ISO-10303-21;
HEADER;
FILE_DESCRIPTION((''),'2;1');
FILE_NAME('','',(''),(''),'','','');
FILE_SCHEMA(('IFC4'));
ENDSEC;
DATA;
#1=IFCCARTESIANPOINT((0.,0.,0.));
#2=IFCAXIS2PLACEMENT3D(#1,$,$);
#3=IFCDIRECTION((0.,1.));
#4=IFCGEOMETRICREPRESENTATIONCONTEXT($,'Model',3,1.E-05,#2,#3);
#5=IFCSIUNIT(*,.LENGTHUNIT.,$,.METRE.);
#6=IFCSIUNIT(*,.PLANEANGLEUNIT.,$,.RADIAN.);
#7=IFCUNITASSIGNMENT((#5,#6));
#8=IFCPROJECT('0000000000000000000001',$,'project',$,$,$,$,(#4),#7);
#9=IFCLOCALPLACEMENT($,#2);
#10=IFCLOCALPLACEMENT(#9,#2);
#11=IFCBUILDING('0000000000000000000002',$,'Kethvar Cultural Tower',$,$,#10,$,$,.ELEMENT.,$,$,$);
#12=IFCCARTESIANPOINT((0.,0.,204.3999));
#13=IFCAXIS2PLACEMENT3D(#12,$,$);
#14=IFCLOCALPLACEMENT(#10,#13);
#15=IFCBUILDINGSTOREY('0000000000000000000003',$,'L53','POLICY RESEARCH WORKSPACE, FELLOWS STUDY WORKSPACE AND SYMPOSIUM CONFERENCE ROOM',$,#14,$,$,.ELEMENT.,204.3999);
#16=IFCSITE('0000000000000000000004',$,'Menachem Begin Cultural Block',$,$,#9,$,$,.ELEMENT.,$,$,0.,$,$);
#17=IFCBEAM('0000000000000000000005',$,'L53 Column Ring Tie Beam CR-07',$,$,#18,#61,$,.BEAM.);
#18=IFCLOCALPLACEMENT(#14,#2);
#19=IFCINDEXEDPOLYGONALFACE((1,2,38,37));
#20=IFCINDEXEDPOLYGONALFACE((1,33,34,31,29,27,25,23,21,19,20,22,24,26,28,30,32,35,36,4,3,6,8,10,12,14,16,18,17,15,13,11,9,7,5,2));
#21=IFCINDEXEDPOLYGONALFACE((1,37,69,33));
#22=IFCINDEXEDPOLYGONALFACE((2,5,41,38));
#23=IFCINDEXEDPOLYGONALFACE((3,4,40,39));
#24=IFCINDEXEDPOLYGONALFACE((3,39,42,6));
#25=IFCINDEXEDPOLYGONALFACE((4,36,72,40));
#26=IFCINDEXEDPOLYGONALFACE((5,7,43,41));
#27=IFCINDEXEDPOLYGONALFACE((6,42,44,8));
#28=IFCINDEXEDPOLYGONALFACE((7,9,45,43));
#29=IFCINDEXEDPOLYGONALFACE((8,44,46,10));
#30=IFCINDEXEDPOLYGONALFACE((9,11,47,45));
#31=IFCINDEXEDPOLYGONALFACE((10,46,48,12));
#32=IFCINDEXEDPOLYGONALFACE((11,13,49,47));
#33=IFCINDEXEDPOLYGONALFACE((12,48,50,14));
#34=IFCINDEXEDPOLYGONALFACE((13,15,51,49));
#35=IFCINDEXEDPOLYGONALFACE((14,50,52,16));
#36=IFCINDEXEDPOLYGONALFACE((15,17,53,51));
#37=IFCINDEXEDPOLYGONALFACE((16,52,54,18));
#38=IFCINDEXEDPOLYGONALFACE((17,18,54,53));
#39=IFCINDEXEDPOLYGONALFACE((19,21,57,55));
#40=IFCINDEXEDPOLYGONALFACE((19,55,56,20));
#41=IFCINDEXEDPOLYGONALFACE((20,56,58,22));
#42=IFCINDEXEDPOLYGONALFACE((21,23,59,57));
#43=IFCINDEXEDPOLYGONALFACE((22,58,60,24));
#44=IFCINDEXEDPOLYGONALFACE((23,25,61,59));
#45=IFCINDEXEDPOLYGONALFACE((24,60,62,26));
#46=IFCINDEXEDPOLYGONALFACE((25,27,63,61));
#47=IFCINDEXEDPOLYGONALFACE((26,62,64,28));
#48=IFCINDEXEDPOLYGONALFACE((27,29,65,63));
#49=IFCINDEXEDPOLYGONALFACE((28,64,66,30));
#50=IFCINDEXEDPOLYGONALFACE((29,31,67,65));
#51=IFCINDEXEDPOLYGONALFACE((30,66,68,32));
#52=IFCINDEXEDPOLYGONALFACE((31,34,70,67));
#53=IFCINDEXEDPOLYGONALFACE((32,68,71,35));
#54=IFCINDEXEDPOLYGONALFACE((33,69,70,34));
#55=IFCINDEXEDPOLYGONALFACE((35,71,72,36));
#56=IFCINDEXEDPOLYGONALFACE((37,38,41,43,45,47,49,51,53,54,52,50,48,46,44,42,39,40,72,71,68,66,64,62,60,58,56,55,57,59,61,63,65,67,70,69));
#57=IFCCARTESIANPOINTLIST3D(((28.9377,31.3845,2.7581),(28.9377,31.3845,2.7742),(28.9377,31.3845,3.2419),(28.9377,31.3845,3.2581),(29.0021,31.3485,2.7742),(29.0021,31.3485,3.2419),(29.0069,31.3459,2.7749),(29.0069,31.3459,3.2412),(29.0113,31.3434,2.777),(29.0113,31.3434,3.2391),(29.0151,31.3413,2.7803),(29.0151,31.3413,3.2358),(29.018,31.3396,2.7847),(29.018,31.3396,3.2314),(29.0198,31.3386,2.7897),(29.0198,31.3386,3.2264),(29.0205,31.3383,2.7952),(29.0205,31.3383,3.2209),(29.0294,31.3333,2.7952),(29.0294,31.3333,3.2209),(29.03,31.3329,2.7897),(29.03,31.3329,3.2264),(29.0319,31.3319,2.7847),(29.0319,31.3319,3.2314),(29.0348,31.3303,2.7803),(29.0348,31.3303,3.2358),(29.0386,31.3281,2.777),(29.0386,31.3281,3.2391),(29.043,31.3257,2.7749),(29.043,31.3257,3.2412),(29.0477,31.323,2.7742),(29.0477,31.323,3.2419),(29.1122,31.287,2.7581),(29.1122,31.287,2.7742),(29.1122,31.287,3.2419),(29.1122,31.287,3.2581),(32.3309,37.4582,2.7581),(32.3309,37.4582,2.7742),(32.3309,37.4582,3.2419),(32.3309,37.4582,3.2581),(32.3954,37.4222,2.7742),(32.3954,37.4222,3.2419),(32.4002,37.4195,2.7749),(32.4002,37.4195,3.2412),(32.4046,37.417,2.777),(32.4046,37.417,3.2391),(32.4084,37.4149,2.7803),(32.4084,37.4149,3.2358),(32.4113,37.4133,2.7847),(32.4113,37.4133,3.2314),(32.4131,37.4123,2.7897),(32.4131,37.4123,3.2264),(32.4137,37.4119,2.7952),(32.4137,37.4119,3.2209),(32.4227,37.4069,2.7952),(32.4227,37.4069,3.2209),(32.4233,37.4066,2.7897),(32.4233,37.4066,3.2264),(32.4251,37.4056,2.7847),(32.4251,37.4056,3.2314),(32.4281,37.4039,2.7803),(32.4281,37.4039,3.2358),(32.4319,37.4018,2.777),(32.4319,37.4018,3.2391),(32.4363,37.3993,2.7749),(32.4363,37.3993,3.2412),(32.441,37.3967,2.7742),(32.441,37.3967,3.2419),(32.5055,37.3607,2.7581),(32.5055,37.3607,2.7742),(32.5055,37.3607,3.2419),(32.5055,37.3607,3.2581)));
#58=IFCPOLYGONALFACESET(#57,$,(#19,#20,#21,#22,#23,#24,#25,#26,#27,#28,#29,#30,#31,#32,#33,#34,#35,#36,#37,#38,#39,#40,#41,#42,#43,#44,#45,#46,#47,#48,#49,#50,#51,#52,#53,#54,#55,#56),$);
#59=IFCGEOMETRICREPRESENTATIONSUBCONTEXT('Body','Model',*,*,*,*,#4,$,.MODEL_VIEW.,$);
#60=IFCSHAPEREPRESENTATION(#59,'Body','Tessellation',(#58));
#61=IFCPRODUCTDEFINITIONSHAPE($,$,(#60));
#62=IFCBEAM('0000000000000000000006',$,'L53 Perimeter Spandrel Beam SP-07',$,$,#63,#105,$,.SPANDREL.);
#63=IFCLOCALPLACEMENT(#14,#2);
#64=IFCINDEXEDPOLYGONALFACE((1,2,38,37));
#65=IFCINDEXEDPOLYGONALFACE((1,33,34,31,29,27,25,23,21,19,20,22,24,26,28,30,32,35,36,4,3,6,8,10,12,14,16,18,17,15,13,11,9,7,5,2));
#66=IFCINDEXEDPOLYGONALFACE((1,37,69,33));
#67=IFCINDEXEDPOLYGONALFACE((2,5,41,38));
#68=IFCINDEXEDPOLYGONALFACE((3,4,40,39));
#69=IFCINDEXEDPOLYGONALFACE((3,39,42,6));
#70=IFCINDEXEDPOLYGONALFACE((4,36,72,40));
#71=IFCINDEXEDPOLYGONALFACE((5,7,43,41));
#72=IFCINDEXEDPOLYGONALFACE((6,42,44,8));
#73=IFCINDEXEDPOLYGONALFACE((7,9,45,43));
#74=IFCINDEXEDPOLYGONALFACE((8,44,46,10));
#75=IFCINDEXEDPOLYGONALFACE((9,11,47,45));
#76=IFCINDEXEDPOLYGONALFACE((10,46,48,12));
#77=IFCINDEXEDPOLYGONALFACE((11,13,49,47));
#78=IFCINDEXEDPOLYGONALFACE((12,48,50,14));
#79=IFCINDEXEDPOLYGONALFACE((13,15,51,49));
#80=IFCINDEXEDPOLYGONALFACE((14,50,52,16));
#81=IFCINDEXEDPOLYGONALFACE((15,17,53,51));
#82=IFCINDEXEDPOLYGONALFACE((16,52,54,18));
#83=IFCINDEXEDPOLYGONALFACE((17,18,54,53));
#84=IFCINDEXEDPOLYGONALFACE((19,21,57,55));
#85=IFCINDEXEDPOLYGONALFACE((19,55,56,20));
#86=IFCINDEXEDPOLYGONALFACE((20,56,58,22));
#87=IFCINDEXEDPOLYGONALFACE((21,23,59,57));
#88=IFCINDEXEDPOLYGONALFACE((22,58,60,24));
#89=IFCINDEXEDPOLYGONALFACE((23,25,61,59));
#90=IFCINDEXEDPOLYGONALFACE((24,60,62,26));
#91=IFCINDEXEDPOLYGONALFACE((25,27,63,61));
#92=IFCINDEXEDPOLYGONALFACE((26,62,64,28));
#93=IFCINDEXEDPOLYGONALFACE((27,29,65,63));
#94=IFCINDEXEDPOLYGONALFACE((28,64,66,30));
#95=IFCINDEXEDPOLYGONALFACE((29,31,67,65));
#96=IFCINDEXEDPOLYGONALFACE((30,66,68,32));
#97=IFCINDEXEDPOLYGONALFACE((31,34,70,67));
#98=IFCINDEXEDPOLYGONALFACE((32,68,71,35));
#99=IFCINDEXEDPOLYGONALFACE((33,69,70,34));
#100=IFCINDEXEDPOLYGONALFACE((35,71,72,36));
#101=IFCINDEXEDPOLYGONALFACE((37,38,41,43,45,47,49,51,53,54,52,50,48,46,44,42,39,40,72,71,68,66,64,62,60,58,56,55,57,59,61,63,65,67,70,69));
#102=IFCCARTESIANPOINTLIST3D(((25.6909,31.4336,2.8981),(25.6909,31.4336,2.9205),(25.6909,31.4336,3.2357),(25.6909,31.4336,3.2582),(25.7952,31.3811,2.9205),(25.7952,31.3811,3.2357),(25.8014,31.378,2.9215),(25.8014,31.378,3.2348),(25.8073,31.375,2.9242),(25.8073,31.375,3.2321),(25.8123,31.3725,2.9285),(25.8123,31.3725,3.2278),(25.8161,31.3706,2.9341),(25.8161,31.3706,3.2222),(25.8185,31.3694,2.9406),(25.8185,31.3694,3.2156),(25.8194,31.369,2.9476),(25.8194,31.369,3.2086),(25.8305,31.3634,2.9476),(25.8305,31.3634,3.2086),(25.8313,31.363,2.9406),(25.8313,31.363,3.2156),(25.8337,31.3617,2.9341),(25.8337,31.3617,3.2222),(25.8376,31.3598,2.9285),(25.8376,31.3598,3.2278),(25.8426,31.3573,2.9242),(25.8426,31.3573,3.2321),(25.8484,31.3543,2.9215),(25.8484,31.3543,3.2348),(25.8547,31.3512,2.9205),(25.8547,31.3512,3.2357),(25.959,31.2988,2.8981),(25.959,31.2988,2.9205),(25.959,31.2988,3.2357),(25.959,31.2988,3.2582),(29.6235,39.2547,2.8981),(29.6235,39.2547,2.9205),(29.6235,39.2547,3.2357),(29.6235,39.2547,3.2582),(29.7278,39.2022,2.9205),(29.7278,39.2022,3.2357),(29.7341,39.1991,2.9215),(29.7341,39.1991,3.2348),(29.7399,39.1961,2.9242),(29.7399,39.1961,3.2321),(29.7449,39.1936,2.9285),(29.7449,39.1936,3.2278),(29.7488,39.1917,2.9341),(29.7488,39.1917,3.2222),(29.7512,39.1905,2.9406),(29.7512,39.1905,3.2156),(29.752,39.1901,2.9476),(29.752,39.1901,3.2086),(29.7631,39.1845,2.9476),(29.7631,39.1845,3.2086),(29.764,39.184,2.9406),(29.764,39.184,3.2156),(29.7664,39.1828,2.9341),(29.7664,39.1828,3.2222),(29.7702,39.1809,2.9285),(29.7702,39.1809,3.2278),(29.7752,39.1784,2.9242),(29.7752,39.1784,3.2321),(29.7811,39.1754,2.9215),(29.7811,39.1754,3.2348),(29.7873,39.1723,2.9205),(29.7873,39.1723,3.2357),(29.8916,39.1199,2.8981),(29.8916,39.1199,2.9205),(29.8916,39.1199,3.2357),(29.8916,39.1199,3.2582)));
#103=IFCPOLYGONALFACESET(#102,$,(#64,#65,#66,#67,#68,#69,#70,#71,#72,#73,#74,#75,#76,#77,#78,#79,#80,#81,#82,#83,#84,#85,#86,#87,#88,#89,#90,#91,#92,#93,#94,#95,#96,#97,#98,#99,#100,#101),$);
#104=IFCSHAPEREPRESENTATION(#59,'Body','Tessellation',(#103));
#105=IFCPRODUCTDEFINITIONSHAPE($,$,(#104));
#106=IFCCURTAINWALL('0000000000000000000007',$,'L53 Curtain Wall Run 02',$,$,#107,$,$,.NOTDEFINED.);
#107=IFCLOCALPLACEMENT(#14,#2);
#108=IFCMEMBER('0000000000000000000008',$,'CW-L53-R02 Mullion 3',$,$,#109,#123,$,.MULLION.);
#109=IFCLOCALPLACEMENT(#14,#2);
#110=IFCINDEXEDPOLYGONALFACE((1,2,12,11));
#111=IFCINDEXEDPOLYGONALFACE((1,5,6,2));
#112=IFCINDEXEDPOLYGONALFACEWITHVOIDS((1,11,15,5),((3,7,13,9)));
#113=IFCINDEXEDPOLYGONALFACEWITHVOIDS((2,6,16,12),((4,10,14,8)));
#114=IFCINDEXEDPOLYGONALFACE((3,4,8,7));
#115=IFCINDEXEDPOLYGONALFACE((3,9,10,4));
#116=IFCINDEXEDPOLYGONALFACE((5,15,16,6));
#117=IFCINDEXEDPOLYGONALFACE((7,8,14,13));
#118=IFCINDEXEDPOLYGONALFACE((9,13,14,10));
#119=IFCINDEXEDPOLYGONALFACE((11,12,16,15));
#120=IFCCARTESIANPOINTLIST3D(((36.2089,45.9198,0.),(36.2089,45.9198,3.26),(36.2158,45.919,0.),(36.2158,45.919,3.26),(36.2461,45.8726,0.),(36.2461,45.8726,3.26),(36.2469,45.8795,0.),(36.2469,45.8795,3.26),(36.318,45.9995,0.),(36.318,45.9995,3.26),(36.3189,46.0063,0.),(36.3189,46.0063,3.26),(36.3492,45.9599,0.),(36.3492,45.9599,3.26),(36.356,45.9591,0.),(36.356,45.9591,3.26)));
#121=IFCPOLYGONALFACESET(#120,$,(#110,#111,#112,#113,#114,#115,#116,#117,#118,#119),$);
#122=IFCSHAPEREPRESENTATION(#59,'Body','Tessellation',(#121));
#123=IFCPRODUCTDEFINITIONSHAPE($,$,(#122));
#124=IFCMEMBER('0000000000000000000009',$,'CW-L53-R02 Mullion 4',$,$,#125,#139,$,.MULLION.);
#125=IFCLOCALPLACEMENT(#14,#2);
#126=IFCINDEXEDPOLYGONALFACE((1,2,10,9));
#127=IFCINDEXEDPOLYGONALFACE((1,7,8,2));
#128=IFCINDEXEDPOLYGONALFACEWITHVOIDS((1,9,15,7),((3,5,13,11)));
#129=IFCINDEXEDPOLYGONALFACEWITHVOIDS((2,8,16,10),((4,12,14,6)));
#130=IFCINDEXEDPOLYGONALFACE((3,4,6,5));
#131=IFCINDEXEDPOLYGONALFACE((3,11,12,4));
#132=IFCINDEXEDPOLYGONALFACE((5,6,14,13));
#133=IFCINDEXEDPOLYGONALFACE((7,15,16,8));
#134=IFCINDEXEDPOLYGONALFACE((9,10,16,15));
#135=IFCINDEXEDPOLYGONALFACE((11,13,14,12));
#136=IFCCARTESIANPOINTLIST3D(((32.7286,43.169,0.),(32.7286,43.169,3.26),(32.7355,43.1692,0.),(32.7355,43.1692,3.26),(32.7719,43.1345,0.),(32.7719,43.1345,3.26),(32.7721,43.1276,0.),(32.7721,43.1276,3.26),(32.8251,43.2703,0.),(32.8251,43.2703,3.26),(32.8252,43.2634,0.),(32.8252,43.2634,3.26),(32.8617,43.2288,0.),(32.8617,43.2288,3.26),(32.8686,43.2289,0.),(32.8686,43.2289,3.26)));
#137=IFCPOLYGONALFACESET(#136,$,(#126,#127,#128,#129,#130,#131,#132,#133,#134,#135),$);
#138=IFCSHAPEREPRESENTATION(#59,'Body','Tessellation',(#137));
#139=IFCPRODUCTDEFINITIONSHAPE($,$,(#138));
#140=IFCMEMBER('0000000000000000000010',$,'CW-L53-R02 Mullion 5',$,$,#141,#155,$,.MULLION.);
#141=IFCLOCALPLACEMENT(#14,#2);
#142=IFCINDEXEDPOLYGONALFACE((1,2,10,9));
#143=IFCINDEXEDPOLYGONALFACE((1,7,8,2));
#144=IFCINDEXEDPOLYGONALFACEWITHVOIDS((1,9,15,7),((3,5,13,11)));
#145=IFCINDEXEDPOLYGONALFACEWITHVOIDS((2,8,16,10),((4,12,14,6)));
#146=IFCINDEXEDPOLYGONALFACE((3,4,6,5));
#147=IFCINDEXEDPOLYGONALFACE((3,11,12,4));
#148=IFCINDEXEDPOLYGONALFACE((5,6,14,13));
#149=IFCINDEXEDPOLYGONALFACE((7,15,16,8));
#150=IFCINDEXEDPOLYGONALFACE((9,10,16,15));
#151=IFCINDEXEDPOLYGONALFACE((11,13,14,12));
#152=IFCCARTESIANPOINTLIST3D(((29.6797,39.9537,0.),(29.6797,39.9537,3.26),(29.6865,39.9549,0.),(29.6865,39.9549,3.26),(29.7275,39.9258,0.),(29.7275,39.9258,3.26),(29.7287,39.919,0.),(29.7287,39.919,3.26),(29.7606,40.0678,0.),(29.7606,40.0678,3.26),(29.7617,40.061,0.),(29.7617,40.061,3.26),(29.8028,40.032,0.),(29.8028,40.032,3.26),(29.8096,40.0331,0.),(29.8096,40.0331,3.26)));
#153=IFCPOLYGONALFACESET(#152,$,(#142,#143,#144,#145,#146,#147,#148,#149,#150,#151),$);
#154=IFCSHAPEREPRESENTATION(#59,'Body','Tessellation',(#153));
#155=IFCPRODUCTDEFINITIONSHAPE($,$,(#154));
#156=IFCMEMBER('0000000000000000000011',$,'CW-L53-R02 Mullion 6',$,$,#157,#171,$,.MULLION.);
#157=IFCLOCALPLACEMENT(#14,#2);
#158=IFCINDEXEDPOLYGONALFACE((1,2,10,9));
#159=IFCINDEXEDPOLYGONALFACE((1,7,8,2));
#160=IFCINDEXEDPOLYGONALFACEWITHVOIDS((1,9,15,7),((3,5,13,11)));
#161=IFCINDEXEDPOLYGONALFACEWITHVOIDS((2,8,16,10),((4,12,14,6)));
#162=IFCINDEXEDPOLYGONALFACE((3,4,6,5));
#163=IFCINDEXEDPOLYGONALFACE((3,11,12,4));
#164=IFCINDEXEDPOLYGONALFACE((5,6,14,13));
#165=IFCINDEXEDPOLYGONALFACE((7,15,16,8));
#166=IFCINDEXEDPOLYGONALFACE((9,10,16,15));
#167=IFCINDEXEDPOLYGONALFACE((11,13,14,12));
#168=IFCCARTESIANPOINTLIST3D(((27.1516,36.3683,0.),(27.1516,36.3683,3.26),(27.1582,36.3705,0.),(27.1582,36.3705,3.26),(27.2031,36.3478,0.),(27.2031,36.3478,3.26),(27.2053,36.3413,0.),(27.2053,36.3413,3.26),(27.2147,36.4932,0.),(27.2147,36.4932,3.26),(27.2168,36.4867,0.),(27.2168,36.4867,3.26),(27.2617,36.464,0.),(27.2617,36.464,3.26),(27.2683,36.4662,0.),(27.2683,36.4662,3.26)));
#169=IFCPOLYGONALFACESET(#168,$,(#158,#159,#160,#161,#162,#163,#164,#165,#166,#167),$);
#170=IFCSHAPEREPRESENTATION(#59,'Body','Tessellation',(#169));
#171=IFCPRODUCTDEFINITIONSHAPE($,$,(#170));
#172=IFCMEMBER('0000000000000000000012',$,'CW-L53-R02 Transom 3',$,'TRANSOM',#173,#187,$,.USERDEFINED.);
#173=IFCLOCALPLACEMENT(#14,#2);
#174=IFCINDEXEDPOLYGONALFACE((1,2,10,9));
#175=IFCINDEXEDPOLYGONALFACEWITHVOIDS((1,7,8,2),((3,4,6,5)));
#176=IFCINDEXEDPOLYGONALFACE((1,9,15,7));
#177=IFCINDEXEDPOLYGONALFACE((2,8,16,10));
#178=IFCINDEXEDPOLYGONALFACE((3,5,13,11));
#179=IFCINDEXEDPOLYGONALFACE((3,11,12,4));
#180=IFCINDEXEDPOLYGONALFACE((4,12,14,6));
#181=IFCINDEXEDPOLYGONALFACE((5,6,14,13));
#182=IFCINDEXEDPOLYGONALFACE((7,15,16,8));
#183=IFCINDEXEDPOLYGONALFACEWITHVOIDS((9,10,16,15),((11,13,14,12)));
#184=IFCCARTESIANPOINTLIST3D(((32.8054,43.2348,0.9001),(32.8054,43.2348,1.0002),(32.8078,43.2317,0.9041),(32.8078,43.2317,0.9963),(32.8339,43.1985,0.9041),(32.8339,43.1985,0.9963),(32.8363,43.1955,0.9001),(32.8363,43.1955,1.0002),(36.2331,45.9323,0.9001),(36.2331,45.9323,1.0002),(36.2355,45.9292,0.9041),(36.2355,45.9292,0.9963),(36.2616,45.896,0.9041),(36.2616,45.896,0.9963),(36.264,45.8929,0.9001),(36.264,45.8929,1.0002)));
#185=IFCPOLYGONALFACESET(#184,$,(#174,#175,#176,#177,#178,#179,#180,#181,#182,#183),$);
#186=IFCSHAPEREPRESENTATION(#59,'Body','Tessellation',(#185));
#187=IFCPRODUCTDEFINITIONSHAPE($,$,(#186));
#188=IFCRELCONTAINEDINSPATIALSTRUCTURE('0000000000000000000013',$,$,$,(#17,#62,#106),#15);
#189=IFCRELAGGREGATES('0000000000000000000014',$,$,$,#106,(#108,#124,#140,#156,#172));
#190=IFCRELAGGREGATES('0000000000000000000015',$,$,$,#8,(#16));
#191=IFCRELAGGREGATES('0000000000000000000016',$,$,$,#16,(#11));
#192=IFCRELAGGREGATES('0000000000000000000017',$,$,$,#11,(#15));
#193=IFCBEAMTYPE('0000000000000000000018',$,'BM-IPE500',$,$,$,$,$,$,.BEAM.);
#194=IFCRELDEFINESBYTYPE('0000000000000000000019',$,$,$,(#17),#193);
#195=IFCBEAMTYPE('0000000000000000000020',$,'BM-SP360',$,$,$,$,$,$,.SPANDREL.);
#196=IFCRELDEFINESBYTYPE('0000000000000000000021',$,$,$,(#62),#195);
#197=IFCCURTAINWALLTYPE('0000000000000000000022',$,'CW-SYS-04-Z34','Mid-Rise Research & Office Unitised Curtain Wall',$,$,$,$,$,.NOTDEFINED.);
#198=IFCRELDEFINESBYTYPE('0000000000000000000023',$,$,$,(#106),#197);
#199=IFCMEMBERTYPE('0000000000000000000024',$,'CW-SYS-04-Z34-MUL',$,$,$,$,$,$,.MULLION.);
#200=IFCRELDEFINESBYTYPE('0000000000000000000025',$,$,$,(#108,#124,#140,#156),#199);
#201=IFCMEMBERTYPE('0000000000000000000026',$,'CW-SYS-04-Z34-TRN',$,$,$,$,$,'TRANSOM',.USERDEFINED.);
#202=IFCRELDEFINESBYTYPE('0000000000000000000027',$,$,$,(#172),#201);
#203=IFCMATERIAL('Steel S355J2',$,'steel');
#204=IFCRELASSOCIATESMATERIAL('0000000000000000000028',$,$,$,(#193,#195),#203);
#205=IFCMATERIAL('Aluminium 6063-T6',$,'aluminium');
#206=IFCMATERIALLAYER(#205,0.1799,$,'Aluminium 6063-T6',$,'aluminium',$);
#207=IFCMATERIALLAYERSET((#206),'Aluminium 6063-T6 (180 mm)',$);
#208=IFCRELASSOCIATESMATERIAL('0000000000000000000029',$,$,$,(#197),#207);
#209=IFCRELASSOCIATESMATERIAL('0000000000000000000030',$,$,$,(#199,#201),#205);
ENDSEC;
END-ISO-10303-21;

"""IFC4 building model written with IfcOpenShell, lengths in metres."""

from ifc_helpers import new_model, si_unit, direction, frame, origin, origin_2d, place, context, subcontext, project, spatial, hollow_rectangle, i_section, extrude, source, transform, mapped, material, layer, layer_set, material_profile, profile_set, type_object, element, aggregate, save


model = new_model("IFC4")

# Units and contexts
model_context = context("Model", 3, precision=1e-05, world=origin(), true_north=direction((0.0, 1.0)))
body_context = subcontext(model_context, "Body", "Model", "MODEL_VIEW")
ifc_project = project(units=[si_unit("LENGTHUNIT", "METRE"), si_unit("PLANEANGLEUNIT", "RADIAN")], contexts=[model_context])

# Site, building, storey
site_placement = place(None, origin())
site = spatial("IfcSite", under=ifc_project, at=site_placement, Name="Menachem Begin Cultural Block", CompositionType="ELEMENT", RefElevation=0.0)
building_placement = place(site_placement, origin())
building = spatial("IfcBuilding", under=site, at=building_placement, Name="Kethvar Cultural Tower", CompositionType="ELEMENT")
storey_placement = place(building_placement, frame((0.0, 0.0, 204.3999)))
storey = spatial("IfcBuildingStorey", under=building, at=storey_placement, Name="L53", Description="POLICY RESEARCH WORKSPACE, FELLOWS STUDY WORKSPACE AND SYMPOSIUM CONFERENCE ROOM", CompositionType="ELEMENT", Elevation=204.3999)

# Beams
ifc_material_1 = material(Name="Steel S355J2", Category="steel")
ifc_material_profile_1 = material_profile(ifc_material_1, i_section(OverallWidth=0.2, OverallDepth=0.5, WebThickness=0.0103, FlangeThickness=0.0161, FilletRadius=0.021, at=origin_2d()), Name="Steel S355J2 — IPE500")
ifc_profile_set_1 = profile_set([ifc_material_profile_1], Name="Steel S355J2 — IPE500")
beam_type_1 = type_object("IfcBeamType", Name="BM-IPE500", PredefinedType="BEAM", material=ifc_profile_set_1)
ifc_material_profile_2 = material_profile(ifc_material_1, i_section(OverallWidth=0.3, OverallDepth=0.3601, WebThickness=0.0125, FlangeThickness=0.0225, FilletRadius=0.0271, at=origin_2d()), Name="Steel S355J2 — HEB360")
ifc_profile_set_2 = profile_set([ifc_material_profile_2], Name="Steel S355J2 — HEB360")
beam_type_2 = type_object("IfcBeamType", Name="BM-SP360", PredefinedType="SPANDREL", material=ifc_profile_set_2)
shared_shape_1 = source(origin(), body_context, "Body", "SweptSolid", [
    extrude(i_section(OverallWidth=0.2, OverallDepth=0.5, WebThickness=0.0103, FlangeThickness=0.0161, FilletRadius=0.021, at=origin_2d()), origin(), (0.0, 0.0, 1.0), 6.9573),
])
beam_1_placement = place(storey_placement, frame((32.4182, 37.4094, 3.0081), z_axis=(-0.48773, -0.872994, 0.0), x_axis=(0.872994, -0.48773, 0.0)))
element("IfcBeam", 1, at=beam_1_placement, inside=storey, type_object=beam_type_1, Name="L53 Column Ring Tie Beam CR-07", PredefinedType="BEAM", context=body_context, shape_type="MappedRepresentation", body=[
    mapped(shared_shape_1, transform((0.0, 0.0, 0.0), scale=1.0)),
])
shared_shape_2 = source(origin(), body_context, "Body", "SweptSolid", [
    extrude(i_section(OverallWidth=0.3, OverallDepth=0.3601, WebThickness=0.0125, FlangeThickness=0.0225, FilletRadius=0.0271, at=origin_2d()), origin(), (0.0, 0.0, 1.0), 8.7542),
])
beam_2_placement = place(storey_placement, frame((29.7576, 39.1873, 3.0781), z_axis=(-0.449232, -0.893415, 0.0), x_axis=(0.893415, -0.449232, 0.0)))
element("IfcBeam", 2, at=beam_2_placement, inside=storey, type_object=beam_type_2, Name="L53 Perimeter Spandrel Beam SP-07", PredefinedType="SPANDREL", context=body_context, shape_type="MappedRepresentation", body=[
    mapped(shared_shape_2, transform((0.0, 0.0, 0.0), scale=1.0)),
])

# Curtain wall, members
ifc_material_2 = material(Name="Aluminium 6063-T6", Category="aluminium")
ifc_layer_1 = layer(ifc_material_2, 0.1799, Name="Aluminium 6063-T6", Category="aluminium")
ifc_layer_set_1 = layer_set([ifc_layer_1], Name="Aluminium 6063-T6 (180 mm)")
curtain_wall_type = type_object("IfcCurtainWallType", Name="CW-SYS-04-Z34", Description="Mid-Rise Research & Office Unitised Curtain Wall", PredefinedType="NOTDEFINED", material=ifc_layer_set_1)
curtain_wall_placement = place(storey_placement, origin())
curtain_wall = element("IfcCurtainWall", 3, at=curtain_wall_placement, inside=storey, type_object=curtain_wall_type, Name="L53 Curtain Wall Run 02", PredefinedType="NOTDEFINED")
ifc_material_profile_3 = material_profile(ifc_material_2, hollow_rectangle(XDim=0.0601, YDim=0.1399, WallThickness=0.0049, at=origin_2d()), Name="Aluminium 6063-T6 — RHS140x60x5")
ifc_profile_set_3 = profile_set([ifc_material_profile_3], Name="Aluminium 6063-T6 — RHS140x60x5")
member_type_1 = type_object("IfcMemberType", Name="CW-SYS-04-Z34-MUL", PredefinedType="MULLION", material=ifc_profile_set_3)
shared_shape_3 = source(origin(), body_context, "Body", "SweptSolid", [
    extrude(hollow_rectangle(XDim=0.0601, YDim=0.1399, WallThickness=0.0049, at=origin_2d()), origin(), (0.0, 0.0, 1.0), 3.26),
])
member_1_placement = place(storey_placement, frame((36.2825, 45.9395, 0.0), z_axis=(0.0, 0.0, 1.0), x_axis=(0.618436, -0.785835, 0.0)))
member_1 = element("IfcMember", 4, at=member_1_placement, type_object=member_type_1, Name="CW-L53-R02 Mullion 3", PredefinedType="MULLION", context=body_context, shape_type="MappedRepresentation", body=[
    mapped(shared_shape_3, transform((0.0, 0.0, 0.0), scale=1.0)),
])
member_2_placement = place(storey_placement, frame((32.7986, 43.199, 0.0), z_axis=(0.0, 0.0, 1.0), x_axis=(0.724208, -0.689582, 0.0)))
member_2 = element("IfcMember", 5, at=member_2_placement, type_object=member_type_1, Name="CW-L53-R02 Mullion 4", PredefinedType="MULLION", context=body_context, shape_type="MappedRepresentation", body=[
    mapped(shared_shape_3, transform((0.0, 0.0, 0.0), scale=1.0)),
])
member_3_placement = place(storey_placement, frame((29.7446, 39.9934, 0.0), z_axis=(0.0, 0.0, 1.0), x_axis=(0.816017, -0.578029, 0.0)))
member_3 = element("IfcMember", 6, at=member_3_placement, type_object=member_type_1, Name="CW-L53-R02 Mullion 5", PredefinedType="MULLION", context=body_context, shape_type="MappedRepresentation", body=[
    mapped(shared_shape_3, transform((0.0, 0.0, 0.0), scale=1.0)),
])
member_4_placement = place(storey_placement, frame((27.21, 36.4172, 0.0), z_axis=(0.0, 0.0, 1.0), x_axis=(0.892743, -0.450566, 0.0)))
member_4 = element("IfcMember", 7, at=member_4_placement, type_object=member_type_1, Name="CW-L53-R02 Mullion 6", PredefinedType="MULLION", context=body_context, shape_type="MappedRepresentation", body=[
    mapped(shared_shape_3, transform((0.0, 0.0, 0.0), scale=1.0)),
])
ifc_material_profile_4 = material_profile(ifc_material_2, hollow_rectangle(XDim=0.05, YDim=0.1001, WallThickness=0.0039, at=origin_2d()), Name="Aluminium 6063-T6 — RHS100x50x4")
ifc_profile_set_4 = profile_set([ifc_material_profile_4], Name="Aluminium 6063-T6 — RHS100x50x4")
member_type_2 = type_object("IfcMemberType", Name="CW-SYS-04-Z34-TRN", ElementType="TRANSOM", PredefinedType="USERDEFINED", material=ifc_profile_set_4)
shared_shape_4 = source(origin(), body_context, "Body", "SweptSolid", [
    extrude(hollow_rectangle(XDim=0.05, YDim=0.1001, WallThickness=0.0039, at=origin_2d()), origin(), (0.0, 0.0, 1.0), 4.3618),
])
member_5_placement = place(storey_placement, frame((36.2485, 45.9126, 0.9502), z_axis=(-0.78584, -0.618429, 0.0), x_axis=(0.618429, -0.78584, 0.0)))
member_5 = element("IfcMember", 8, at=member_5_placement, type_object=member_type_2, Name="CW-L53-R02 Transom 3", ObjectType="TRANSOM", PredefinedType="USERDEFINED", context=body_context, shape_type="MappedRepresentation", body=[
    mapped(shared_shape_4, transform((0.0, 0.0, 0.0), scale=1.0)),
])
aggregate(curtain_wall, [member_1, member_2, member_3, member_4, member_5])

save(model, "model.ifc")
